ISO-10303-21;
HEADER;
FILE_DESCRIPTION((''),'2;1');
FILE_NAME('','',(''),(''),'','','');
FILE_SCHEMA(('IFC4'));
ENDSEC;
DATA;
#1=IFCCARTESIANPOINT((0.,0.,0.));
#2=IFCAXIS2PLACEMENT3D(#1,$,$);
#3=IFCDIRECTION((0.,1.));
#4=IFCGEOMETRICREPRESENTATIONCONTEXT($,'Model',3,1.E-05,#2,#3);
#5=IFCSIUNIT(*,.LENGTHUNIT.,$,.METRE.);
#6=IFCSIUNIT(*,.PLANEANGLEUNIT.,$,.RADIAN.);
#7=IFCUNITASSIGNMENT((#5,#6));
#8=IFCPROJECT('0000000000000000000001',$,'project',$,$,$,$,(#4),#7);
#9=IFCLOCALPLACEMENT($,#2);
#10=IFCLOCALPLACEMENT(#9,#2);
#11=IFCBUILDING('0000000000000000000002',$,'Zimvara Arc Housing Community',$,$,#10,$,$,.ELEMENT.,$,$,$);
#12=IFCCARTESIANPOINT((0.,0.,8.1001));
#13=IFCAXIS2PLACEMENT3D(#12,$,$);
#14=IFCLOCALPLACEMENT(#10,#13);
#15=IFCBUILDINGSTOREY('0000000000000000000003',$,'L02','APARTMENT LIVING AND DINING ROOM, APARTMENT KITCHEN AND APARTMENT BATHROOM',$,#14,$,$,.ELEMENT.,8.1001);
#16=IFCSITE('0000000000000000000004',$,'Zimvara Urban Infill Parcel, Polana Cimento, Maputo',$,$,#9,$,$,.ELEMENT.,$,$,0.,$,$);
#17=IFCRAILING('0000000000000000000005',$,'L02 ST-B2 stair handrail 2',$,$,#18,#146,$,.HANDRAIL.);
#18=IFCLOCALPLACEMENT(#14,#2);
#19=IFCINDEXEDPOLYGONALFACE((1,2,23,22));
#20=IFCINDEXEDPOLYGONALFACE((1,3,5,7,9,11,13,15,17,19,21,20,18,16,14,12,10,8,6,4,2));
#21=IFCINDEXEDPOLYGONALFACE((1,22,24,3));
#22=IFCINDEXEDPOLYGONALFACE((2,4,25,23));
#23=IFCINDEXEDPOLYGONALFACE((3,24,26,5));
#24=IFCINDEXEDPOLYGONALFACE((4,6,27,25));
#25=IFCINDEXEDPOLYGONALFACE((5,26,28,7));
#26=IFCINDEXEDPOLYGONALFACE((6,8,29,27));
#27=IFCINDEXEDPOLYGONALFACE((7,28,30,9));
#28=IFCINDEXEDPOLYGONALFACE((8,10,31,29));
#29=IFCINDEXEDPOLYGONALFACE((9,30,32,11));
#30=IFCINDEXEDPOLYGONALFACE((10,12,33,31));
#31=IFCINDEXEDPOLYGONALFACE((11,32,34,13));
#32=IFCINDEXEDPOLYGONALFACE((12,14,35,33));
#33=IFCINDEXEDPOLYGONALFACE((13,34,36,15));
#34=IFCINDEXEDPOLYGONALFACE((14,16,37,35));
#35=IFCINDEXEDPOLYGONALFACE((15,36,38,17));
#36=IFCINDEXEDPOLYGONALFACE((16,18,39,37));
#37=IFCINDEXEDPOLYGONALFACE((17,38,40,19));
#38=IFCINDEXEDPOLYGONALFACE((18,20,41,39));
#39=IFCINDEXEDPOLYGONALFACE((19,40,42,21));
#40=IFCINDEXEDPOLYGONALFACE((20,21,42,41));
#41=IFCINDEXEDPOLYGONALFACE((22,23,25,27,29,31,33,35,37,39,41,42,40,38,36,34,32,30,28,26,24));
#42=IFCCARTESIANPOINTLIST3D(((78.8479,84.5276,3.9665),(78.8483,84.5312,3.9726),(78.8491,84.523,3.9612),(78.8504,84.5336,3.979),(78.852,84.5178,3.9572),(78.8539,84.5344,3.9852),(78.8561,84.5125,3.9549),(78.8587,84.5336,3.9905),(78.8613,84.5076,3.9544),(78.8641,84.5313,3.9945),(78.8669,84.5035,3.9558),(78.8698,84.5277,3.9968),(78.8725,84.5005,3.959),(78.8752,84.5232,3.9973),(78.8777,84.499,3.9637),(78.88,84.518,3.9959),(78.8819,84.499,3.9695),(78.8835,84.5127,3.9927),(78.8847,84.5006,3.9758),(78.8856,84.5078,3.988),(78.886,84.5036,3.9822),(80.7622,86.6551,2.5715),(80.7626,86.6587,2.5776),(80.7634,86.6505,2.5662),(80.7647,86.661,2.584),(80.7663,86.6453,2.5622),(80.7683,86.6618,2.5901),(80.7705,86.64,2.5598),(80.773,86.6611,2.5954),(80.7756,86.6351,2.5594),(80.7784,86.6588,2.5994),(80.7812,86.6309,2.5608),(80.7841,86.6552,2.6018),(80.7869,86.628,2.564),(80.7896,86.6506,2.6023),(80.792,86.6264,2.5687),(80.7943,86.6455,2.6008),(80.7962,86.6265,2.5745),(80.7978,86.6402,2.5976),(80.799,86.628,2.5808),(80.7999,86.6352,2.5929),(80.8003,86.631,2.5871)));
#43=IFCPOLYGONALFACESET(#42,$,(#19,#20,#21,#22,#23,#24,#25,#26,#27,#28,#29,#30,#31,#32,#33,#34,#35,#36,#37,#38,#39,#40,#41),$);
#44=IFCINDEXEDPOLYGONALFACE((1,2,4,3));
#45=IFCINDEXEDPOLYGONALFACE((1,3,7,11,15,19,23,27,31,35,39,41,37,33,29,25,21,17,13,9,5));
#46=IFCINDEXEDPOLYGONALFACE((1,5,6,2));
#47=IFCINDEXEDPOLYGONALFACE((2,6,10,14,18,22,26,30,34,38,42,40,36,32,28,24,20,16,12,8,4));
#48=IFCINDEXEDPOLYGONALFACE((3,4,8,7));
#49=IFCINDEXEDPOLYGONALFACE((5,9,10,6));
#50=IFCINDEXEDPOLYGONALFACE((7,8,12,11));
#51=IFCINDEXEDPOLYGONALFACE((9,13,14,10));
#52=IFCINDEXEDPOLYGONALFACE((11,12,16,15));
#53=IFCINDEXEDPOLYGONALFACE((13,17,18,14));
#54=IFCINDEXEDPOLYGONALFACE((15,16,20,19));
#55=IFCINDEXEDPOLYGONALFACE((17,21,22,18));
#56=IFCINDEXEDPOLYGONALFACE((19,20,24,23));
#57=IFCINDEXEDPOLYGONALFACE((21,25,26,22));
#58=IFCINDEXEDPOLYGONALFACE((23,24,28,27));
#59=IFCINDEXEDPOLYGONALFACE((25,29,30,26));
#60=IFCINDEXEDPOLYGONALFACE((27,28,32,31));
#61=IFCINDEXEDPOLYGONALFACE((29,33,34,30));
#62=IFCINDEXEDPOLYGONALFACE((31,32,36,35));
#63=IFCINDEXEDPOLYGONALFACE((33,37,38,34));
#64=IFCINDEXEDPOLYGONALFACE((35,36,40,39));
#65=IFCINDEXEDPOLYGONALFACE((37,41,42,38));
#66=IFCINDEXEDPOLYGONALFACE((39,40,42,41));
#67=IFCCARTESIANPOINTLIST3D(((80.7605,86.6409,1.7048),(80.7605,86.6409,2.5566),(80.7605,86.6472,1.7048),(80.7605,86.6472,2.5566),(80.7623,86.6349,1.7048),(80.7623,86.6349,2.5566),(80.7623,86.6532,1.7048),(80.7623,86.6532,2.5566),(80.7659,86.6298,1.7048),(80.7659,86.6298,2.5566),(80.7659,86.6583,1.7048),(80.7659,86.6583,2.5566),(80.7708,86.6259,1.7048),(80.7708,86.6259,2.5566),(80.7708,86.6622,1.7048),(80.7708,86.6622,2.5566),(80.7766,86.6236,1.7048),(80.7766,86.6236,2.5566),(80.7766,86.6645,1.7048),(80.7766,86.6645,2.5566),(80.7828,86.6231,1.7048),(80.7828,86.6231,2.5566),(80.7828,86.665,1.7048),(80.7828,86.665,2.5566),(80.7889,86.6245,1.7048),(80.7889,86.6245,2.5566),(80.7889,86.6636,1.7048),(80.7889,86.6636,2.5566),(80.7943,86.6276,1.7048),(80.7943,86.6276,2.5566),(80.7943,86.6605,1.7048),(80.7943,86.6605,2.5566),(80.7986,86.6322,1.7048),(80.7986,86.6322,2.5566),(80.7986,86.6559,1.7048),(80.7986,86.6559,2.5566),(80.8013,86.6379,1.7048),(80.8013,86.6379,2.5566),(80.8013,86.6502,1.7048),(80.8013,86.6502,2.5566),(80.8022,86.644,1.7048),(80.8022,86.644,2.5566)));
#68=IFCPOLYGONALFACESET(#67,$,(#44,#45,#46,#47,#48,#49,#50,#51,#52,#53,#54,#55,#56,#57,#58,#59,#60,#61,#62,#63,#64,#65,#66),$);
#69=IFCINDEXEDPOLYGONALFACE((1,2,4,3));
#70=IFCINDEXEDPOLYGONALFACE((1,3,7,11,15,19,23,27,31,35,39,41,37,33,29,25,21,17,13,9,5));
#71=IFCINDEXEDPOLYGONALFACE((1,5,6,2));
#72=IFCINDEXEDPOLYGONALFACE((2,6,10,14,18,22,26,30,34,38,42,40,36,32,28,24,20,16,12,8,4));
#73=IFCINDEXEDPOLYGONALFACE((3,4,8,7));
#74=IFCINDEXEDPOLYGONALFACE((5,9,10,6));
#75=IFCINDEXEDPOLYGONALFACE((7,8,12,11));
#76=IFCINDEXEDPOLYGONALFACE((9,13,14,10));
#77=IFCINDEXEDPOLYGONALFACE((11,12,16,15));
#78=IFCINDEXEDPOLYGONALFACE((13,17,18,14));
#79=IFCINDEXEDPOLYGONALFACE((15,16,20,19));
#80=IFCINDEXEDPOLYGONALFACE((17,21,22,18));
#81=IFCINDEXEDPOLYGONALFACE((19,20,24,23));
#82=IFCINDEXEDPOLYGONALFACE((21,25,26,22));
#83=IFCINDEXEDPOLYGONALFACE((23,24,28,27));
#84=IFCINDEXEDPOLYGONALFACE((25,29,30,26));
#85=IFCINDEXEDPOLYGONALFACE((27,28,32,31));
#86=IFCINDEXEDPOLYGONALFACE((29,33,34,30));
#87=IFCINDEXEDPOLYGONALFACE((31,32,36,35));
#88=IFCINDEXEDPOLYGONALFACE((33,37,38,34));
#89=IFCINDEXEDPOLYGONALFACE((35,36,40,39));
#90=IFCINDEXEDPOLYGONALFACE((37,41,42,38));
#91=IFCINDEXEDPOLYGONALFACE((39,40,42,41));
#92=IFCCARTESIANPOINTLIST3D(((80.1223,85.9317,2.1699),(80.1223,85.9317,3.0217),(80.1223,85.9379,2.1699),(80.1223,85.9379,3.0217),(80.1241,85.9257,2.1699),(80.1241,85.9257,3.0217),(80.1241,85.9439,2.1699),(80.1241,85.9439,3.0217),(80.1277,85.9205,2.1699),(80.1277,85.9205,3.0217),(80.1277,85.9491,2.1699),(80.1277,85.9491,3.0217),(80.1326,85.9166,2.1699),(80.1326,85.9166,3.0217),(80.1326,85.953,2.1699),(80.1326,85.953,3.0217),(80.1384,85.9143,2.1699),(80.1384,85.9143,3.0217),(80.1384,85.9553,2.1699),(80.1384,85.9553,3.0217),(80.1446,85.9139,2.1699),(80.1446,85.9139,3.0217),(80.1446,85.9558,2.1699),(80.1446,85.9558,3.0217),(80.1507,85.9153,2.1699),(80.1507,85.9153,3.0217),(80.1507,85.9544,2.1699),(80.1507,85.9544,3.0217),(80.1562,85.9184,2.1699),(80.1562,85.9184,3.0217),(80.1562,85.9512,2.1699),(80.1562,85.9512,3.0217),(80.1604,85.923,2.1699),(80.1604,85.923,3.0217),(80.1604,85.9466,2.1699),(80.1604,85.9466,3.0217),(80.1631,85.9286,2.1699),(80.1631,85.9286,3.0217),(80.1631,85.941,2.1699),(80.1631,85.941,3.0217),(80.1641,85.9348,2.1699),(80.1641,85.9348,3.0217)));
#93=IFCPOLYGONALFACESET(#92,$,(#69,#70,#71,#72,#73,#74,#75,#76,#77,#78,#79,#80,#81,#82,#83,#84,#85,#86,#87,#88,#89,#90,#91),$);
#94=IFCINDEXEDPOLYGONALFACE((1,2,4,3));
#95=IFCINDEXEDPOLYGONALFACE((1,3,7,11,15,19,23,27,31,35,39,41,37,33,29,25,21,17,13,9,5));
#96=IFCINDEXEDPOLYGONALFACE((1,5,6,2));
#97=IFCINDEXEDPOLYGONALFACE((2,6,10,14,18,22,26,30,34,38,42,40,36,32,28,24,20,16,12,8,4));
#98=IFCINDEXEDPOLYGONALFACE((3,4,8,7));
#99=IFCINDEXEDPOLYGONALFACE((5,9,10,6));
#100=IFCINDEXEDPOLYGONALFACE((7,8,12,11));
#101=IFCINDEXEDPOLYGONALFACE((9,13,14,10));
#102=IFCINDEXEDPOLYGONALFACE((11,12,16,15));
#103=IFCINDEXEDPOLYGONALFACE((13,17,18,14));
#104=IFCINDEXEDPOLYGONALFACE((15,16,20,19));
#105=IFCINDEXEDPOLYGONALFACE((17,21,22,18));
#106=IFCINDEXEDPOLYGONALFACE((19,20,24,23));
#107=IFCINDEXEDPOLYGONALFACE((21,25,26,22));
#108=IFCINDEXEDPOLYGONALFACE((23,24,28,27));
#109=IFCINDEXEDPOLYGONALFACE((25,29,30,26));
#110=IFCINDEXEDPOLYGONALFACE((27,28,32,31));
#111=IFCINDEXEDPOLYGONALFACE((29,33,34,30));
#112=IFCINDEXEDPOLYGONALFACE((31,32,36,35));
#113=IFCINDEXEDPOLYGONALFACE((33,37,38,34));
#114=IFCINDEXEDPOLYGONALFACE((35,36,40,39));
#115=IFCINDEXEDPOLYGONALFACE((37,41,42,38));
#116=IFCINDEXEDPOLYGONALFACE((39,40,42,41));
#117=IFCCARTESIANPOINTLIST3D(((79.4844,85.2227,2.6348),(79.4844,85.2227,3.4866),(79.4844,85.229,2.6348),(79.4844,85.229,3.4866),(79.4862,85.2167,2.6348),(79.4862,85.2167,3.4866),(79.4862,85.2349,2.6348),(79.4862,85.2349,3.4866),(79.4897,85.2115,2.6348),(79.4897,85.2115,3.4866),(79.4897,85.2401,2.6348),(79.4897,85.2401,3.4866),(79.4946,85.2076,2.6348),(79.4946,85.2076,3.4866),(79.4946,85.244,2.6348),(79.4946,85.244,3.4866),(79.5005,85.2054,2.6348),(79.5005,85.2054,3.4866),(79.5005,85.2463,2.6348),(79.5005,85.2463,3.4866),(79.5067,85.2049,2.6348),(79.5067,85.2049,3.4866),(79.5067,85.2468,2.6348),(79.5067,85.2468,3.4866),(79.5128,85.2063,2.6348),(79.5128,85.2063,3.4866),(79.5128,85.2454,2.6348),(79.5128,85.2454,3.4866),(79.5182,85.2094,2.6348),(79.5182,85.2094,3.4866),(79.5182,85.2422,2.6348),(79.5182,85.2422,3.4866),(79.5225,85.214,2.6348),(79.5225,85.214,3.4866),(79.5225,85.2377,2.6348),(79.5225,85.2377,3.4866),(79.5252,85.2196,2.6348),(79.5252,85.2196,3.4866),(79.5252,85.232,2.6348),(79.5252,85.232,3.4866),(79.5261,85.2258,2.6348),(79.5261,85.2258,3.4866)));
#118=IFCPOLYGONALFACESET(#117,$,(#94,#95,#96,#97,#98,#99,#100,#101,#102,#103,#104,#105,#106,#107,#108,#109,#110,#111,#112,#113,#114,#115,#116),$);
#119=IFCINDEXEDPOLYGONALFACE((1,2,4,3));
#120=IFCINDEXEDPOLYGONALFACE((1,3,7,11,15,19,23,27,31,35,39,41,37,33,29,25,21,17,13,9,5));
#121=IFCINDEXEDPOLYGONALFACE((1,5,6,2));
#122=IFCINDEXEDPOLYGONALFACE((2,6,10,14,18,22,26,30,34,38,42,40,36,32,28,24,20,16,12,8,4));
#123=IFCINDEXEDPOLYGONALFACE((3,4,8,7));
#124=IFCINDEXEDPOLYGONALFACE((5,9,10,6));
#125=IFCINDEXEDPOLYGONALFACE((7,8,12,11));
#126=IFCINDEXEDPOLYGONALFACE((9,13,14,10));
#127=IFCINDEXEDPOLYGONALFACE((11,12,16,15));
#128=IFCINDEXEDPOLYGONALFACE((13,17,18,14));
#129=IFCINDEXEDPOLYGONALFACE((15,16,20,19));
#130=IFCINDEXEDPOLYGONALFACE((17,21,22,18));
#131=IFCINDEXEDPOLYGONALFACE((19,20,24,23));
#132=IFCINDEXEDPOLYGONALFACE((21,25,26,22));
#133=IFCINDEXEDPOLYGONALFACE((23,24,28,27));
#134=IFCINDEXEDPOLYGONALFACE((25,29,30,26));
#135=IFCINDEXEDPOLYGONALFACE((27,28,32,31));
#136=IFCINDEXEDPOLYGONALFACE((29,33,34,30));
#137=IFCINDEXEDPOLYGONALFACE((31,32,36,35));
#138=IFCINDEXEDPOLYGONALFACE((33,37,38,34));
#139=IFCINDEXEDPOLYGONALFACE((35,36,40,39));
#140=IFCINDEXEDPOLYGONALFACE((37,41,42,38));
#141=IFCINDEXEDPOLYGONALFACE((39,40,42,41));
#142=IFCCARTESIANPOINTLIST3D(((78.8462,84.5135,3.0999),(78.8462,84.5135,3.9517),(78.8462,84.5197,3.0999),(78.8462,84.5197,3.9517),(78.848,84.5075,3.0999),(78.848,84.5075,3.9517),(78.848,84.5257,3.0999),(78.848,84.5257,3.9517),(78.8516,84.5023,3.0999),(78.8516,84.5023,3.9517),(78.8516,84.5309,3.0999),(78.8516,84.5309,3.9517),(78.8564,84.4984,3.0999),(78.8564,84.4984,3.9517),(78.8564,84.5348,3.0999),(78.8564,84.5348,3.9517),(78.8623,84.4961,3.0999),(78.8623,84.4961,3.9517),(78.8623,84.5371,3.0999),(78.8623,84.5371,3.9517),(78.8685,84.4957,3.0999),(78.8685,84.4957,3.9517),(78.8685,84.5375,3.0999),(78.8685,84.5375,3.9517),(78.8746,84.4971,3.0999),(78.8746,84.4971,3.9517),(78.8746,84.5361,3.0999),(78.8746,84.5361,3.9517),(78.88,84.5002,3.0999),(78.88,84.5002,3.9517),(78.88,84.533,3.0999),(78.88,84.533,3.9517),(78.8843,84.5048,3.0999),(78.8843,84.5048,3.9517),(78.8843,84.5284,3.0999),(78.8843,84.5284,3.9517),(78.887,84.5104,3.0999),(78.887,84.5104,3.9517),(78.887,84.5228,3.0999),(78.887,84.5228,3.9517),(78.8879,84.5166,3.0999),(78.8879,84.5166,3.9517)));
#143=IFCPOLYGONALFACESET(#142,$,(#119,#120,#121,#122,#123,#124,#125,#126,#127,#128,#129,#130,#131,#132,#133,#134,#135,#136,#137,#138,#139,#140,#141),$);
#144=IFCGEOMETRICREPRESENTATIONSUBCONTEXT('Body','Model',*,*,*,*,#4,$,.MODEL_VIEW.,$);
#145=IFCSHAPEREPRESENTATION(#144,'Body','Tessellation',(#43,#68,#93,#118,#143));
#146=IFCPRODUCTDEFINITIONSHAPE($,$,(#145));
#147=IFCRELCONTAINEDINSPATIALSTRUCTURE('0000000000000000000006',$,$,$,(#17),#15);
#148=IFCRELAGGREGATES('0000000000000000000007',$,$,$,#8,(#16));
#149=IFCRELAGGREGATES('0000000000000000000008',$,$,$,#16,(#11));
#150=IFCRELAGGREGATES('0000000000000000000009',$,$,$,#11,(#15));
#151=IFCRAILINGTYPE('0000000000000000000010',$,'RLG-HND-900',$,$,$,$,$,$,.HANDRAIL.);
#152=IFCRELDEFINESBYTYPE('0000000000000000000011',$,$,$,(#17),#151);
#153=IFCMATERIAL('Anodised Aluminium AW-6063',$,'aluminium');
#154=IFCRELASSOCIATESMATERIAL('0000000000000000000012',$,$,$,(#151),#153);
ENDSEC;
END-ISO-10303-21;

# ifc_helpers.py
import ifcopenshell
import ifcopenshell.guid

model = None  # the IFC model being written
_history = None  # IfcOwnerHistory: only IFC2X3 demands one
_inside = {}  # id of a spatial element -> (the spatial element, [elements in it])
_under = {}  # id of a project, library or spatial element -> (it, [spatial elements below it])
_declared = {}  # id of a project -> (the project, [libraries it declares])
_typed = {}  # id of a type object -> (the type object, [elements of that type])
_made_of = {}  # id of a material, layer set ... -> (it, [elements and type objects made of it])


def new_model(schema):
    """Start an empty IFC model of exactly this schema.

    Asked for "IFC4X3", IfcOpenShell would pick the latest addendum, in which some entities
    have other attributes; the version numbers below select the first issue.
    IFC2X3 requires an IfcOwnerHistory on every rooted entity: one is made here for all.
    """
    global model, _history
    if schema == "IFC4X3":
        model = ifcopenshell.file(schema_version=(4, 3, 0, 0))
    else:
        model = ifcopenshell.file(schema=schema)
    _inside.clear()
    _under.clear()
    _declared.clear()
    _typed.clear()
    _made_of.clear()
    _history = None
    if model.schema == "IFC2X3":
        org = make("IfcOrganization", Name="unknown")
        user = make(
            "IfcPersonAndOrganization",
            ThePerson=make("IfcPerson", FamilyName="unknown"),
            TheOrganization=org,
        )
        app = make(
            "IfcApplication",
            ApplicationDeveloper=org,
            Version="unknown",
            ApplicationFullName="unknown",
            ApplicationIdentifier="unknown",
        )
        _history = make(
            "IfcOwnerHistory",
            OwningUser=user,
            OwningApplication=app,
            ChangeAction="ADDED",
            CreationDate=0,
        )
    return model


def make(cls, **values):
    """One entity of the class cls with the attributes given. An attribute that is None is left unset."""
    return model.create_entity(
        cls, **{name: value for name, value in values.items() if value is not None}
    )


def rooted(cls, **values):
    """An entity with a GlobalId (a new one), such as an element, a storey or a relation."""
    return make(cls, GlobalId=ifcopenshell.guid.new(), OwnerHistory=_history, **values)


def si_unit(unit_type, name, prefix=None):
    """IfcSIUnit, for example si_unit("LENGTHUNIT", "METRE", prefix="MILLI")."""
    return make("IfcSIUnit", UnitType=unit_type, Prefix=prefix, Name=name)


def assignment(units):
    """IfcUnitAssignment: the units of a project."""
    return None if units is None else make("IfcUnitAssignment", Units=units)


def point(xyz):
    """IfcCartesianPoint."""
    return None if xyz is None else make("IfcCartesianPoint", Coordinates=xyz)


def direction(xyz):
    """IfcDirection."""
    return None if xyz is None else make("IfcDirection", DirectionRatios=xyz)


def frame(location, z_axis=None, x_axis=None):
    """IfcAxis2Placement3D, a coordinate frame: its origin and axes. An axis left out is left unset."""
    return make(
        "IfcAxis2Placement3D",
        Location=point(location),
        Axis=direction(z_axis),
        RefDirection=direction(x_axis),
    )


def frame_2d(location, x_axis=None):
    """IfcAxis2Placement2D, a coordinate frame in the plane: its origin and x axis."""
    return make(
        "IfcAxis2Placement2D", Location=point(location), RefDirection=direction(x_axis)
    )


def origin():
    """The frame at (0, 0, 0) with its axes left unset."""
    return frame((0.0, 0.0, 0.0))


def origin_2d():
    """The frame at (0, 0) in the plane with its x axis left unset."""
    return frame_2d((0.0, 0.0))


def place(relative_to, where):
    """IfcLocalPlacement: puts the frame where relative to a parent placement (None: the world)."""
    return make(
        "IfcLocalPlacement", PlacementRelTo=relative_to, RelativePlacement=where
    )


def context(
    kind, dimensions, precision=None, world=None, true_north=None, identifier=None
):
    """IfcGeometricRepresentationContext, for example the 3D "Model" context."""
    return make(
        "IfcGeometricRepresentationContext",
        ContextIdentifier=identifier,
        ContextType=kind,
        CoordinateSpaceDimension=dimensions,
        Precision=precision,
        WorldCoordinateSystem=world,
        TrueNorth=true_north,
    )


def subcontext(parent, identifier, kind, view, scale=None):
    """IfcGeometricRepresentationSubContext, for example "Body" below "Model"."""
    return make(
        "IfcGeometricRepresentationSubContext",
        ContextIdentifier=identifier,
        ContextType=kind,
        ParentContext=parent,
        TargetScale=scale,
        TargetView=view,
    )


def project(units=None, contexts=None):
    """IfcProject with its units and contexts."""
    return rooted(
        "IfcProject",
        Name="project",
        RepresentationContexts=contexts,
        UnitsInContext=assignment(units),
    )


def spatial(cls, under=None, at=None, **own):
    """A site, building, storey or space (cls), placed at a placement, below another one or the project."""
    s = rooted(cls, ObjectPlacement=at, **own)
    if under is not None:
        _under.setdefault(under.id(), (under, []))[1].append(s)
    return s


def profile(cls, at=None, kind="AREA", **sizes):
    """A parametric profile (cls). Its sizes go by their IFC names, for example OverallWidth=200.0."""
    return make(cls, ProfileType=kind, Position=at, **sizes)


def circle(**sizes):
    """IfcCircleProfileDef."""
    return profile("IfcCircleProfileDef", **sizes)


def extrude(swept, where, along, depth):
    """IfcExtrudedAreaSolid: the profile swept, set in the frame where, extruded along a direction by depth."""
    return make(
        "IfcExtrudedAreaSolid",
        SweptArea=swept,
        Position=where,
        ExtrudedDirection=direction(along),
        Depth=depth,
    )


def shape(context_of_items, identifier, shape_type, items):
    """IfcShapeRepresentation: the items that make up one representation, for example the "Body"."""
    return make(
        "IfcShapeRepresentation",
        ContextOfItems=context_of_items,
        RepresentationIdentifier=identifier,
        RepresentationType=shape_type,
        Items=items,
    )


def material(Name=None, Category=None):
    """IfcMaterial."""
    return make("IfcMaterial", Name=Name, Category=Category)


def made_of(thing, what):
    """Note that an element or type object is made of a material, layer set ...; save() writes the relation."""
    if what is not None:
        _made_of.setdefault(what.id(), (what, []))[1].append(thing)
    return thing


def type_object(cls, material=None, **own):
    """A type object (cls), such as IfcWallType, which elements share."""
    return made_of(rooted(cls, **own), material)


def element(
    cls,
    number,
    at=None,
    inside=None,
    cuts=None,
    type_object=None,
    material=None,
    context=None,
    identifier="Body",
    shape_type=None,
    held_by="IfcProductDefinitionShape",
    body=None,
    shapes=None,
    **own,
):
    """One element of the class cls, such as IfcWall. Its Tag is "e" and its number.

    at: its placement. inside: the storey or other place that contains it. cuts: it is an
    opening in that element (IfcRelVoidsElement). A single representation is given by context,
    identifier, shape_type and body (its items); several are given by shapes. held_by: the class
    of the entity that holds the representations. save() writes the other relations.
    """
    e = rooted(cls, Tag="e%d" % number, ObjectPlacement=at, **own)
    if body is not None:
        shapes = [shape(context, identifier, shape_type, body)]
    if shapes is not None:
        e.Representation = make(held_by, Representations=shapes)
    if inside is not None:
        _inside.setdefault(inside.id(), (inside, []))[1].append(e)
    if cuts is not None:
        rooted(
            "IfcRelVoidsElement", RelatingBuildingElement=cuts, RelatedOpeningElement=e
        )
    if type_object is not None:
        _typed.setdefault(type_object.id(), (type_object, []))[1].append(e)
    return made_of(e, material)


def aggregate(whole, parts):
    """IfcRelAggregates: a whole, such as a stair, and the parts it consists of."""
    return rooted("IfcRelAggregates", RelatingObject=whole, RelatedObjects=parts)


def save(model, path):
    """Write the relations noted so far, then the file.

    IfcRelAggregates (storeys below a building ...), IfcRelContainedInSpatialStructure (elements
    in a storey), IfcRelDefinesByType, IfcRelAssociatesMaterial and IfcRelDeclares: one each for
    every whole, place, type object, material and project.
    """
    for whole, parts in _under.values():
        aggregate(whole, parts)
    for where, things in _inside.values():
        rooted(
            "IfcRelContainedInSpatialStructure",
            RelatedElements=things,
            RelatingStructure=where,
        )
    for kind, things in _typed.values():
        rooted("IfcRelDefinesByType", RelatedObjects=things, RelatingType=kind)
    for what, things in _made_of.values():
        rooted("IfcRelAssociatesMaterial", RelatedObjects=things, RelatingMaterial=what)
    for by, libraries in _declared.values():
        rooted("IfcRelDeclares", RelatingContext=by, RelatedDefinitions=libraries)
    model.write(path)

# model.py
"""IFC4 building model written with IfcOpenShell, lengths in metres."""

from ifc_helpers import new_model, si_unit, direction, frame, origin, origin_2d, place, context, subcontext, project, spatial, circle, extrude, material, type_object, element, save


model = new_model("IFC4")

# Units and contexts
model_context = context("Model", 3, precision=1e-05, world=origin(), true_north=direction((0.0, 1.0)))
body_context = subcontext(model_context, "Body", "Model", "MODEL_VIEW")
ifc_project = project(units=[si_unit("LENGTHUNIT", "METRE"), si_unit("PLANEANGLEUNIT", "RADIAN")], contexts=[model_context])

# Site, building, storey
site_placement = place(None, origin())
site = spatial("IfcSite", under=ifc_project, at=site_placement, Name="Zimvara Urban Infill Parcel, Polana Cimento, Maputo", CompositionType="ELEMENT", RefElevation=0.0)
building_placement = place(site_placement, origin())
building = spatial("IfcBuilding", under=site, at=building_placement, Name="Zimvara Arc Housing Community", CompositionType="ELEMENT")
storey_placement = place(building_placement, frame((0.0, 0.0, 8.1001)))
storey = spatial("IfcBuildingStorey", under=building, at=storey_placement, Name="L02", Description="APARTMENT LIVING AND DINING ROOM, APARTMENT KITCHEN AND APARTMENT BATHROOM", CompositionType="ELEMENT", Elevation=8.1001)

# Railing
ifc_material_1 = material(Name="Anodised Aluminium AW-6063", Category="aluminium")
railing_type_1 = type_object("IfcRailingType", Name="RLG-HND-900", PredefinedType="HANDRAIL", material=ifc_material_1)
railing_1_placement = place(storey_placement, frame((80.7812, 86.644, 1.7048)))
element("IfcRailing", 1, at=railing_1_placement, inside=storey, type_object=railing_type_1, Name="L02 ST-B2 stair handrail 2", PredefinedType="HANDRAIL", context=body_context, shape_type="SweptSolid", body=[
    extrude(circle(Radius=0.0239, at=origin_2d()), frame((0.0, 0.0, 0.876), z_axis=(-0.601263, -0.668206, 0.43816), x_axis=(0.743362, -0.668889, 0.0)), (0.0, 0.0, 1.0), 3.1838),
    extrude(circle(Radius=0.021, at=origin_2d()), origin(), (0.0, 0.0, 1.0), 0.8518),
    extrude(circle(Radius=0.021, at=origin_2d()), frame((-0.6382, -0.7092, 0.4651)), (0.0, 0.0, 1.0), 0.8518),
    extrude(circle(Radius=0.021, at=origin_2d()), frame((-1.2761, -1.4182, 0.9299)), (0.0, 0.0, 1.0), 0.8518),
    extrude(circle(Radius=0.021, at=origin_2d()), frame((-1.9143, -2.1274, 1.395)), (0.0, 0.0, 1.0), 0.8518),
])

save(model, "model.ifc")
